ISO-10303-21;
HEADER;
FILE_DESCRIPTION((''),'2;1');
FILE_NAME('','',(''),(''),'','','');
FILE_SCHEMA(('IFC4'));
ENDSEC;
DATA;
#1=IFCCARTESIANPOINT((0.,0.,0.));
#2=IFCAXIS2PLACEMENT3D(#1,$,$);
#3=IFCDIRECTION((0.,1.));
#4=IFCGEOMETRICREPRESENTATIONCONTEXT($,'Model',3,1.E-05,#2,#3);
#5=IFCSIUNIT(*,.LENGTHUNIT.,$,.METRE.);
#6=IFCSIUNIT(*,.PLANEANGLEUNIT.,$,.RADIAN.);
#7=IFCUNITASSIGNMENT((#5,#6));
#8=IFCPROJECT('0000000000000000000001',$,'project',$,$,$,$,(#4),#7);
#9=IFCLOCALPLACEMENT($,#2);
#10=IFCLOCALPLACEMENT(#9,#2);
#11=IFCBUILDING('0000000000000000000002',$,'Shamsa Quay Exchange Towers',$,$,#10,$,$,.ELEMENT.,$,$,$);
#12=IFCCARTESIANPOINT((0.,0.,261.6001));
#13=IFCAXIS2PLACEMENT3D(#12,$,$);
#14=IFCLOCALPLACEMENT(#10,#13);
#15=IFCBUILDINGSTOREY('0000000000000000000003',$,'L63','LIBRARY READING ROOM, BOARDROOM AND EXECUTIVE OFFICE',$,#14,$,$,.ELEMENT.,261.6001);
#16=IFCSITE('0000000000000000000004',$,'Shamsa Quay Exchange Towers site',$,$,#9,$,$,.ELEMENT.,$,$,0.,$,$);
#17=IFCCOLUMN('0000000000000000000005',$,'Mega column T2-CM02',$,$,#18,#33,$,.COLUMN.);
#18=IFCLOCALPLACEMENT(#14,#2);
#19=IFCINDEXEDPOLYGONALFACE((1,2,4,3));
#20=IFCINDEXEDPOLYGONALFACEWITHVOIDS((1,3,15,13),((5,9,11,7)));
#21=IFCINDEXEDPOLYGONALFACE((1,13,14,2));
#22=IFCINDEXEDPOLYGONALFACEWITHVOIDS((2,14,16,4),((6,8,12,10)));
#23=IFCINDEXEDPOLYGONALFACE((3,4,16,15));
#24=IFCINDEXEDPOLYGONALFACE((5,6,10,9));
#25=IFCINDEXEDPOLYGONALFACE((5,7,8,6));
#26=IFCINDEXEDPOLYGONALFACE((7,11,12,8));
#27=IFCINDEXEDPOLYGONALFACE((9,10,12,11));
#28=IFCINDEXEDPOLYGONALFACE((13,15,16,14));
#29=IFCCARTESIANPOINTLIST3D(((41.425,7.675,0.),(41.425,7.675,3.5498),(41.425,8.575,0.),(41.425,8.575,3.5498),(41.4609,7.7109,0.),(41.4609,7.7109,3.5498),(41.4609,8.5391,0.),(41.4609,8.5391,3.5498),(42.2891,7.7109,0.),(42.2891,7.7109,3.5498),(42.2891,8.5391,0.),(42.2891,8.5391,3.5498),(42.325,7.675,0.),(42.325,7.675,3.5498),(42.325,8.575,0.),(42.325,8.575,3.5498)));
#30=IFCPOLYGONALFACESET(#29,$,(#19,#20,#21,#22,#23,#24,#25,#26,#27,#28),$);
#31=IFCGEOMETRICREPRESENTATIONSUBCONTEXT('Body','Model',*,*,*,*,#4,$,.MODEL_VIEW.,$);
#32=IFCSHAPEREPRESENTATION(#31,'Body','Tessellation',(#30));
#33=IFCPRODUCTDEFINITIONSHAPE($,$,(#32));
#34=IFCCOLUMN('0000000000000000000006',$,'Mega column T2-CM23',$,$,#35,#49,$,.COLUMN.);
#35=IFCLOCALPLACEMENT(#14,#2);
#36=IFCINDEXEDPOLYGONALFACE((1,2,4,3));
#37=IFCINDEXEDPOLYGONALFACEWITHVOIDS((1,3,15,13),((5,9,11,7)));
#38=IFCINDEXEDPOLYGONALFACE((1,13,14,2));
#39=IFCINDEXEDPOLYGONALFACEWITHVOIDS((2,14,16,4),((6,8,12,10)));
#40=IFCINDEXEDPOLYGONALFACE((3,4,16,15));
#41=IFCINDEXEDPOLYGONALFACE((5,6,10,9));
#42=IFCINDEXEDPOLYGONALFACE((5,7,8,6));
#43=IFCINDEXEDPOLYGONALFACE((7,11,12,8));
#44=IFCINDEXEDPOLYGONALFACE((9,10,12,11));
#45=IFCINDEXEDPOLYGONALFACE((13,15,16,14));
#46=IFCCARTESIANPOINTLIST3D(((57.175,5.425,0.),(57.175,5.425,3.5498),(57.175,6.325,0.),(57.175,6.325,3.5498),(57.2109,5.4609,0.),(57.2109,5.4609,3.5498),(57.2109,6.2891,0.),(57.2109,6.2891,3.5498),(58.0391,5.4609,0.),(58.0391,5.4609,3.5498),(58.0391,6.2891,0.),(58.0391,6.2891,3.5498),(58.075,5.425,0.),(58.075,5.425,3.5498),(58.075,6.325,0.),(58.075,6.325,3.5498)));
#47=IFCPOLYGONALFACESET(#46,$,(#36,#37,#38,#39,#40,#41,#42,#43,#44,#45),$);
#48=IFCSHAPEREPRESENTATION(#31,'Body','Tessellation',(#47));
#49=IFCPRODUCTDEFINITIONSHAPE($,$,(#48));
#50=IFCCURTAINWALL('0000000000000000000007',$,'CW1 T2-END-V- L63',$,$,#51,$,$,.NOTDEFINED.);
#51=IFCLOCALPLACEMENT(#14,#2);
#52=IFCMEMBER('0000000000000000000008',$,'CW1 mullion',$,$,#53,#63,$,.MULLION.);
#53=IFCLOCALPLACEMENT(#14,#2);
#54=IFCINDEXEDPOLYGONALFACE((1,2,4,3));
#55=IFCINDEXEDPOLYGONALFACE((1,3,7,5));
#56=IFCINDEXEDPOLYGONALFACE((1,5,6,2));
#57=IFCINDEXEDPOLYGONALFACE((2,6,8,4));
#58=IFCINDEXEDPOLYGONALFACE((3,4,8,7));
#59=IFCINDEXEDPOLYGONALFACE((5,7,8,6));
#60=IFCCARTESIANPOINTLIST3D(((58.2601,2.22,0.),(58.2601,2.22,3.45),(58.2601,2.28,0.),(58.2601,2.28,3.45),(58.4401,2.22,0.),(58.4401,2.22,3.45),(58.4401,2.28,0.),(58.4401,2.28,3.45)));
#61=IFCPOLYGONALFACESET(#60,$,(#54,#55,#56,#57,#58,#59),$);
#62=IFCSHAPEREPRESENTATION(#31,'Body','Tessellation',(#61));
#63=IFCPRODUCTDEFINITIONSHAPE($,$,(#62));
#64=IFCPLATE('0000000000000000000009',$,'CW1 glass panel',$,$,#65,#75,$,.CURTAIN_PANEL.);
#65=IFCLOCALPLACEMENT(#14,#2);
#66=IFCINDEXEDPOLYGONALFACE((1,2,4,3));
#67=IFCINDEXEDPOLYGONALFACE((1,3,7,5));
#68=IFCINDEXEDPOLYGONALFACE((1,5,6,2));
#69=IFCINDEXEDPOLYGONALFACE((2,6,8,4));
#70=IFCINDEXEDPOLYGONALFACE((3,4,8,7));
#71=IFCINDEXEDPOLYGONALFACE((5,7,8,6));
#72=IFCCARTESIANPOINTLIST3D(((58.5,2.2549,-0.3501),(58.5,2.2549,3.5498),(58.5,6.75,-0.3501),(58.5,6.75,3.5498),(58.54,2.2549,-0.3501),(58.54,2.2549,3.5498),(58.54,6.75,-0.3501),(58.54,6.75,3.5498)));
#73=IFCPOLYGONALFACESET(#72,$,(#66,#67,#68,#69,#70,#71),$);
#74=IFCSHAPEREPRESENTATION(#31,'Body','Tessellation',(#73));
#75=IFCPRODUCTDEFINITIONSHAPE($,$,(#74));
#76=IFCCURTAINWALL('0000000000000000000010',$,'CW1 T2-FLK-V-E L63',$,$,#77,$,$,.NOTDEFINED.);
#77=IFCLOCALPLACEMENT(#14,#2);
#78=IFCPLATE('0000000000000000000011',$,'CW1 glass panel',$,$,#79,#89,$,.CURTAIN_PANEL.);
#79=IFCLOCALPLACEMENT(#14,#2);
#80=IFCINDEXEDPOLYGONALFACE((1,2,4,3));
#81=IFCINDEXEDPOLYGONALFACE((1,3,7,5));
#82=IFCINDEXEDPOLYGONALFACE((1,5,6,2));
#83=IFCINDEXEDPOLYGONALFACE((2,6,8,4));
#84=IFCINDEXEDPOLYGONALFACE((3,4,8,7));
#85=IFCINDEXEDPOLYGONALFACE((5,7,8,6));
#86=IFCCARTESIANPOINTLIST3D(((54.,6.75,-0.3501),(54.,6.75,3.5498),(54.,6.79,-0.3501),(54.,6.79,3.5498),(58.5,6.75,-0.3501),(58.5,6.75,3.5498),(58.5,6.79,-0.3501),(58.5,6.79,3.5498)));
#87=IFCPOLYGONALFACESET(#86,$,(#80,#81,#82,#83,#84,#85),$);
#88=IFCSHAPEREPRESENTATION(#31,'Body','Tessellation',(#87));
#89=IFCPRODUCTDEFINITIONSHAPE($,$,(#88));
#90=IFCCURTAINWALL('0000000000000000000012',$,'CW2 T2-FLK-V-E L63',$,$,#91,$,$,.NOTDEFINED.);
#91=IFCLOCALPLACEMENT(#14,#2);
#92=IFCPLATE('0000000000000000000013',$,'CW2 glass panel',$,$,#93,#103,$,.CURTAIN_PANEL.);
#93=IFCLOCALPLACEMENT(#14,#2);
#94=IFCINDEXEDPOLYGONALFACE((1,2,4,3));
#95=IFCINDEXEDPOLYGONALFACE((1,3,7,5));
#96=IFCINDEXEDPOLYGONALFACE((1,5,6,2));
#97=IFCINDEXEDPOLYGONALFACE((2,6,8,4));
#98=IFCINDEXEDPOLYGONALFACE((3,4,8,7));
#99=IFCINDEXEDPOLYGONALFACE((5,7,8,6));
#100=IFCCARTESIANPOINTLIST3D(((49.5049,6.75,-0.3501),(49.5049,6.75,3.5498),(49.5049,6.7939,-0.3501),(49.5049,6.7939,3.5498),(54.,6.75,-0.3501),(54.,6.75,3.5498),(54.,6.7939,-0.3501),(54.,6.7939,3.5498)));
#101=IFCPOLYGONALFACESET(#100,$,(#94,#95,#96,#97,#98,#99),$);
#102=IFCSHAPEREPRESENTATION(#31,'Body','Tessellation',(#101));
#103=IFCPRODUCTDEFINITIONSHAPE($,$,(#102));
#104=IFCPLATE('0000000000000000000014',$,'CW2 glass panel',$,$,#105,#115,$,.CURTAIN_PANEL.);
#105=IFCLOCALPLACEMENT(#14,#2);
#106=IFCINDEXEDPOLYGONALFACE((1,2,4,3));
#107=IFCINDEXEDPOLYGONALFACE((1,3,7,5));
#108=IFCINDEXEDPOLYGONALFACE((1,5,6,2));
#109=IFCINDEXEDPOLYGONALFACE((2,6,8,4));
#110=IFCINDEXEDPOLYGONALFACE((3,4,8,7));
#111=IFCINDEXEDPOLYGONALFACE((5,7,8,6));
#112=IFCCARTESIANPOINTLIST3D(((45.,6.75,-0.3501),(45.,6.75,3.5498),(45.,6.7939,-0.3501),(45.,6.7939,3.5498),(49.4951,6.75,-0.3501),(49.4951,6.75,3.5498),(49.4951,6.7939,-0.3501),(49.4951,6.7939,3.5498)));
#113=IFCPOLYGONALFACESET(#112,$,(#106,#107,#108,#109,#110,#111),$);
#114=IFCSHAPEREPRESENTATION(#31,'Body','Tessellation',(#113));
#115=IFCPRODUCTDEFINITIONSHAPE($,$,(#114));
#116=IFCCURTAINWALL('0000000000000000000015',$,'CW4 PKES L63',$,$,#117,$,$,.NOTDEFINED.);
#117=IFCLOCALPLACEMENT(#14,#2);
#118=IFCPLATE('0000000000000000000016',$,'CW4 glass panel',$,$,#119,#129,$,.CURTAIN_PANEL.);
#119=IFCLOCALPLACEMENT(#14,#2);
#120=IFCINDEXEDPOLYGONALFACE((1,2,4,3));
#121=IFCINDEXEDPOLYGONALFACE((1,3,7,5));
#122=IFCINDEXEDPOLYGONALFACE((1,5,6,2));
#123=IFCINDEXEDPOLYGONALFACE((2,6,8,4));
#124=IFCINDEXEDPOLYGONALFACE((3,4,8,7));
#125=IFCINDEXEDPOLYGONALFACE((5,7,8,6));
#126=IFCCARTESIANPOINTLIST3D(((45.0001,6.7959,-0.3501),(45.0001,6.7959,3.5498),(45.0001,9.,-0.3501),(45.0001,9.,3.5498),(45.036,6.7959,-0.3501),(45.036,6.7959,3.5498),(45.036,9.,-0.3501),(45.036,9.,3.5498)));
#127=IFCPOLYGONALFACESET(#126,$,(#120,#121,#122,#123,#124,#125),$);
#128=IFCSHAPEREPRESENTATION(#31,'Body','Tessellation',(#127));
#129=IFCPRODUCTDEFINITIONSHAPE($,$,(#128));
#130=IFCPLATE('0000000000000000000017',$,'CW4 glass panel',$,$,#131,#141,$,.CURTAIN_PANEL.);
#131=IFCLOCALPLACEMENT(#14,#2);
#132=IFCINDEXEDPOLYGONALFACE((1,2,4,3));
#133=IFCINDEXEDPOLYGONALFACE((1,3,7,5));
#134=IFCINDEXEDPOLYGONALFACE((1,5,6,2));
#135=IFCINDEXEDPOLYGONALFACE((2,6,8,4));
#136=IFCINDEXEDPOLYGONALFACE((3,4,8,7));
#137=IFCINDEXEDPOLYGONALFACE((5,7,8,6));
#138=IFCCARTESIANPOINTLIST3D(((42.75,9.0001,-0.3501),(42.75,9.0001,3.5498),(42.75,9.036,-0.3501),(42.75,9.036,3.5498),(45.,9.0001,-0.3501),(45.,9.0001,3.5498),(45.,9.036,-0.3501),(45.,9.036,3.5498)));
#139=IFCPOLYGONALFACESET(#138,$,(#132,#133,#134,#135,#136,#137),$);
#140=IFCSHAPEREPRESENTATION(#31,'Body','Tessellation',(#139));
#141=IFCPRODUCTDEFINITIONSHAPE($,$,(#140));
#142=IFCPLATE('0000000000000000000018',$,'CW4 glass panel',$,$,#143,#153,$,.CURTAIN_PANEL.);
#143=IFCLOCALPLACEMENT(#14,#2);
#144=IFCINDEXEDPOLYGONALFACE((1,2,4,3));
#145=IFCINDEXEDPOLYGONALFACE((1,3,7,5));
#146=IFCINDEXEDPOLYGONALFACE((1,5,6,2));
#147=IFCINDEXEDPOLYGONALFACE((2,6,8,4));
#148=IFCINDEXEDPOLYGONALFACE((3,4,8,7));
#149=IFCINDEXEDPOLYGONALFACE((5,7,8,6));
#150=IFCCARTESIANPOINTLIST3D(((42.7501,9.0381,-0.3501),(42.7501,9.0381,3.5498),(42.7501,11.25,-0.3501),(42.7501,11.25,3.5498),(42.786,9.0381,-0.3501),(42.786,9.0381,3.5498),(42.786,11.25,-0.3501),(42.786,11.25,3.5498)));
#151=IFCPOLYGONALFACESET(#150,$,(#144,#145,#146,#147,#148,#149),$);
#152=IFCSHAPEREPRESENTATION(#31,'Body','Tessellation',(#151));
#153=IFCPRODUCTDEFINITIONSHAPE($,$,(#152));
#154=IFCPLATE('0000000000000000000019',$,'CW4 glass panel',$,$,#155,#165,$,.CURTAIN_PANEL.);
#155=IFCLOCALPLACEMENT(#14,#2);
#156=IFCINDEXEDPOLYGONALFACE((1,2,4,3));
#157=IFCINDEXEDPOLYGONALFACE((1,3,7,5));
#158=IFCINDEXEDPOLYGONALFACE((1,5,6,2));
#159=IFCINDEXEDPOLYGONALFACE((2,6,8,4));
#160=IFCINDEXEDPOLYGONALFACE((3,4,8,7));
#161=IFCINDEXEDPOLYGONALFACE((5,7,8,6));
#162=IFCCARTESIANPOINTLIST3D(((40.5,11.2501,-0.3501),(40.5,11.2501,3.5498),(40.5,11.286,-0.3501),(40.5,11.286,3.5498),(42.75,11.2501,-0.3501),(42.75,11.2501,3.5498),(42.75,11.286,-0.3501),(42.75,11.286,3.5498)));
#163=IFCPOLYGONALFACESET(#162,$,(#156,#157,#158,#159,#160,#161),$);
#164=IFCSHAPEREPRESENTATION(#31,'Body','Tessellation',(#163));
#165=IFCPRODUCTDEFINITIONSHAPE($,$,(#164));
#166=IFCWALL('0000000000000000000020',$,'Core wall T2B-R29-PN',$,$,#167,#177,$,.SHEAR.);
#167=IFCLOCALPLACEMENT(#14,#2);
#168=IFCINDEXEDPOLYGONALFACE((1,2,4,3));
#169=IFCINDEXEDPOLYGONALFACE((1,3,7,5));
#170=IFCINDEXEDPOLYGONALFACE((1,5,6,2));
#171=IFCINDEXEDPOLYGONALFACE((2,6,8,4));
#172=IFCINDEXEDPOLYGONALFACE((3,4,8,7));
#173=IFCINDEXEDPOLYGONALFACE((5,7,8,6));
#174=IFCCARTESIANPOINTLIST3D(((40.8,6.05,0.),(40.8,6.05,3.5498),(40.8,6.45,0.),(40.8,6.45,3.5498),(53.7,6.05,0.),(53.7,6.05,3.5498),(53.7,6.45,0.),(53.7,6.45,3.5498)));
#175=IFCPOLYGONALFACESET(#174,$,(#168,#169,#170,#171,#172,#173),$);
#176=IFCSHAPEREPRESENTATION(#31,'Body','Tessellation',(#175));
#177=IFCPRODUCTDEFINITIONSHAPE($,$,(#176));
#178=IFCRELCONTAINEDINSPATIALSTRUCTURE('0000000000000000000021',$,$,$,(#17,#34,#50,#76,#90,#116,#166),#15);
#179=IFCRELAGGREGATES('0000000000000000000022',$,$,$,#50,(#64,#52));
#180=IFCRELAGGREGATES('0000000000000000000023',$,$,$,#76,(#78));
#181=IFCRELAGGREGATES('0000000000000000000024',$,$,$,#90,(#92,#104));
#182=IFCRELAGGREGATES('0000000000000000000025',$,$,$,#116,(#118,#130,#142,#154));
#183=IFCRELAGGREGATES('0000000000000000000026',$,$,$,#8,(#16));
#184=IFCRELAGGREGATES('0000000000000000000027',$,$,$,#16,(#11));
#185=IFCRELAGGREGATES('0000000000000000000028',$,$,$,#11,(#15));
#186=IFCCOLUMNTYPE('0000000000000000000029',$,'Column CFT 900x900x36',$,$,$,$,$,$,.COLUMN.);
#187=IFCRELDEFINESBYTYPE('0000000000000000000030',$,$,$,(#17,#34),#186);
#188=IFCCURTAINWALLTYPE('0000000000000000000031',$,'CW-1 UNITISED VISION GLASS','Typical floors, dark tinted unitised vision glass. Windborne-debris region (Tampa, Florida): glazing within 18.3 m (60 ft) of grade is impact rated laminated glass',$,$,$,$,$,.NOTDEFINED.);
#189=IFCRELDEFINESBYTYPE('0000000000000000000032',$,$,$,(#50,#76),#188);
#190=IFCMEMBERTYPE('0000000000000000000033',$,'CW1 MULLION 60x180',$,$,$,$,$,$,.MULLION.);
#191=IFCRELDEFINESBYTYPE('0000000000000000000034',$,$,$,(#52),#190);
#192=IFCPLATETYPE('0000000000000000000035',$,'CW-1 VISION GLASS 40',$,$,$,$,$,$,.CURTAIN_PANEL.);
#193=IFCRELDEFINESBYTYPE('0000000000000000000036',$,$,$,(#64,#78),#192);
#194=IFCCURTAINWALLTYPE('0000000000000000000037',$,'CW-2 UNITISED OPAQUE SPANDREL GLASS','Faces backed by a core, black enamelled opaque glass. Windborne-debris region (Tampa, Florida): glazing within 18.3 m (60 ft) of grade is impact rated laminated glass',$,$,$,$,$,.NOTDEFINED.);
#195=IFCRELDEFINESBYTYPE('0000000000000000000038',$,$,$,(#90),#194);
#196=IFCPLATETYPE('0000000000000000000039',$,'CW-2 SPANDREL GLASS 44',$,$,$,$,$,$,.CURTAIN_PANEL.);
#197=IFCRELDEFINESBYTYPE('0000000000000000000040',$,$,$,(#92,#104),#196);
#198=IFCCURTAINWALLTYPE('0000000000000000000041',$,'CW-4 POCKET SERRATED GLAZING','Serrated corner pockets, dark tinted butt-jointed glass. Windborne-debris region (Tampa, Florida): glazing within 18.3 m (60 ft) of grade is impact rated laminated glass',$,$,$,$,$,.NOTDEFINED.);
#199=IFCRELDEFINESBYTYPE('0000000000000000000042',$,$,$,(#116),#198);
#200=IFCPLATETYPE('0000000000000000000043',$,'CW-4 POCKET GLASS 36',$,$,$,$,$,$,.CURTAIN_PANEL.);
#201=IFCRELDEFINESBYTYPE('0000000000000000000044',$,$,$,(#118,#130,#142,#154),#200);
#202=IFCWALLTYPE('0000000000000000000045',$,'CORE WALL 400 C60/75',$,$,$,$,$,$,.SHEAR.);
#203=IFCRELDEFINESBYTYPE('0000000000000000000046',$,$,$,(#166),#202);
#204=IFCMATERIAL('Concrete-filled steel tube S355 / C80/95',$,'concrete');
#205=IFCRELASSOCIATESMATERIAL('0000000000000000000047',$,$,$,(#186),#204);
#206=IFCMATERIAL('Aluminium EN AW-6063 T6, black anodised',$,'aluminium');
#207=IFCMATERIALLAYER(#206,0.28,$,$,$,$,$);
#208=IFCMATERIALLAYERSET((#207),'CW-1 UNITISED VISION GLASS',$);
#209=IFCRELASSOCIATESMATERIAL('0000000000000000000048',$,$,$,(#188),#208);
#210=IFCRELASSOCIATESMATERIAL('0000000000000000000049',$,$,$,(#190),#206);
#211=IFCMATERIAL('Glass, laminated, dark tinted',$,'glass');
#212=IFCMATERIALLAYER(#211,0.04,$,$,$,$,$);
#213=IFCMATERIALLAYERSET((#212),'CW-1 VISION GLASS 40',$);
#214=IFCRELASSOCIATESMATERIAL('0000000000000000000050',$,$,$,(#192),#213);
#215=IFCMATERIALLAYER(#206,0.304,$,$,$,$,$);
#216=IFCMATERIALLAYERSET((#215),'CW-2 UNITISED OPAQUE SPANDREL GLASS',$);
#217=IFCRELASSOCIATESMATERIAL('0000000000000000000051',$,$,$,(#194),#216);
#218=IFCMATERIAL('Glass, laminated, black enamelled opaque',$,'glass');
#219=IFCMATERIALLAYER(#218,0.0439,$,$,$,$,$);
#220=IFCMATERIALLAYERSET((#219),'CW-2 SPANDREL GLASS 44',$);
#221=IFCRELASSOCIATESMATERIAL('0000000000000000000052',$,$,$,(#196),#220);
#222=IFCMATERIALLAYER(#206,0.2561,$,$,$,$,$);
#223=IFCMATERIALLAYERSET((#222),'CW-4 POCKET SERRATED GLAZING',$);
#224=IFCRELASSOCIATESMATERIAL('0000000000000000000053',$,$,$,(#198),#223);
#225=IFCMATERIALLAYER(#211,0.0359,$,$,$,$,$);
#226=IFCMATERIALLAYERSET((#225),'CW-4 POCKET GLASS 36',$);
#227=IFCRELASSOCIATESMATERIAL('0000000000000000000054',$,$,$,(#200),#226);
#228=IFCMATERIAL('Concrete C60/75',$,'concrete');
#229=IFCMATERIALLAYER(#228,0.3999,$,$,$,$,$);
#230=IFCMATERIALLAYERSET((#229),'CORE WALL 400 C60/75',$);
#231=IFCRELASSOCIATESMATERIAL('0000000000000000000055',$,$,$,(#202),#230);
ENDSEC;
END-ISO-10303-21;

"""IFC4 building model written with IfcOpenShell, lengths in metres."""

from ifc_helpers import new_model, si_unit, direction, frame, frame_2d, origin, origin_2d, place, context, subcontext, project, spatial, rectangle, hollow_rectangle, extrude, material, layer, layer_set, material_profile, profile_set, type_object, element, aggregate, save


model = new_model("IFC4")

# Units and contexts
model_context = context("Model", 3, precision=1e-05, world=origin(), true_north=direction((0.0, 1.0)))
body_context = subcontext(model_context, "Body", "Model", "MODEL_VIEW")
ifc_project = project(units=[si_unit("LENGTHUNIT", "METRE"), si_unit("PLANEANGLEUNIT", "RADIAN")], contexts=[model_context])

# Site, building, storey
site_placement = place(None, origin())
site = spatial("IfcSite", under=ifc_project, at=site_placement, Name="Shamsa Quay Exchange Towers site", CompositionType="ELEMENT", RefElevation=0.0)
building_placement = place(site_placement, origin())
building = spatial("IfcBuilding", under=site, at=building_placement, Name="Shamsa Quay Exchange Towers", CompositionType="ELEMENT")
storey_placement = place(building_placement, frame((0.0, 0.0, 261.6001)))
storey = spatial("IfcBuildingStorey", under=building, at=storey_placement, Name="L63", Description="LIBRARY READING ROOM, BOARDROOM AND EXECUTIVE OFFICE", CompositionType="ELEMENT", Elevation=261.6001)

# Columns
ifc_material_1 = material(Name="Concrete-filled steel tube S355 / C80/95", Category="concrete")
ifc_material_profile_1 = material_profile(ifc_material_1, hollow_rectangle(XDim=0.8999, YDim=0.8999, WallThickness=0.0359, at=origin_2d()), Name="CFT 900x900x36")
ifc_profile_set_1 = profile_set([ifc_material_profile_1], Name="Concrete-filled steel tube S355 / C80/95")
column_type = type_object("IfcColumnType", Name="Column CFT 900x900x36", PredefinedType="COLUMN", material=ifc_profile_set_1)
for number, where, name in (
    (1, (41.875, 8.125, 0.0), "Mega column T2-CM02"),
    (2, (57.625, 5.875, 0.0), "Mega column T2-CM23"),
):
    element("IfcColumn", number, at=place(storey_placement, frame(where)), inside=storey, type_object=column_type, Name=name, PredefinedType="COLUMN", context=body_context, shape_type="SweptSolid", body=[
        extrude(hollow_rectangle(XDim=0.8999, YDim=0.8999, WallThickness=0.0359, at=origin_2d()), origin(), (0.0, 0.0, 1.0), 3.5498),
    ])

# Curtain wall, member, plate
ifc_material_2 = material(Name="Aluminium EN AW-6063 T6, black anodised", Category="aluminium")
ifc_layer_1 = layer(ifc_material_2, 0.28)
ifc_layer_set_1 = layer_set([ifc_layer_1], Name="CW-1 UNITISED VISION GLASS")
curtain_wall_type_1 = type_object("IfcCurtainWallType", Name="CW-1 UNITISED VISION GLASS", Description="Typical floors, dark tinted unitised vision glass. Windborne-debris region (Tampa, Florida): glazing within 18.3 m (60 ft) of grade is impact rated laminated glass", PredefinedType="NOTDEFINED", material=ifc_layer_set_1)
curtain_wall_1_placement = place(storey_placement, origin())
curtain_wall_1 = element("IfcCurtainWall", 3, at=curtain_wall_1_placement, inside=storey, type_object=curtain_wall_type_1, Name="CW1 T2-END-V- L63", PredefinedType="NOTDEFINED")
ifc_material_profile_2 = material_profile(ifc_material_2, rectangle(XDim=0.1799, YDim=0.0601, at=origin_2d()), Name="MU60x180")
ifc_profile_set_2 = profile_set([ifc_material_profile_2], Name="Aluminium EN AW-6063 T6, black anodised")
member_type = type_object("IfcMemberType", Name="CW1 MULLION 60x180", PredefinedType="MULLION", material=ifc_profile_set_2)
member_placement = place(storey_placement, frame((58.3501, 2.25, 0.0), z_axis=(0.0, 0.0, 1.0), x_axis=(-1.0, 0.0, 0.0)))
member = element("IfcMember", 4, at=member_placement, type_object=member_type, Name="CW1 mullion", PredefinedType="MULLION", context=body_context, shape_type="SweptSolid", body=[
    extrude(rectangle(XDim=0.1799, YDim=0.0601, at=origin_2d()), origin(), (0.0, 0.0, 1.0), 3.45),
])
ifc_material_3 = material(Name="Glass, laminated, dark tinted", Category="glass")
ifc_layer_2 = layer(ifc_material_3, 0.04)
ifc_layer_set_2 = layer_set([ifc_layer_2], Name="CW-1 VISION GLASS 40")
plate_type_1 = type_object("IfcPlateType", Name="CW-1 VISION GLASS 40", PredefinedType="CURTAIN_PANEL", material=ifc_layer_set_2)
plate_1_placement = place(storey_placement, frame((58.52, 4.5024, -0.3501), z_axis=(0.0, 0.0, 1.0), x_axis=(0.0, 1.0, 0.0)))
plate_1 = element("IfcPlate", 5, at=plate_1_placement, type_object=plate_type_1, Name="CW1 glass panel", PredefinedType="CURTAIN_PANEL", context=body_context, shape_type="SweptSolid", body=[
    extrude(rectangle(XDim=4.4951, YDim=0.04, at=origin_2d()), origin(), (0.0, 0.0, 1.0), 3.8999),
])
aggregate(curtain_wall_1, [plate_1, member])

# Curtain wall, plate
curtain_wall_2_placement = place(storey_placement, origin())
curtain_wall_2 = element("IfcCurtainWall", 6, at=curtain_wall_2_placement, inside=storey, type_object=curtain_wall_type_1, Name="CW1 T2-FLK-V-E L63", PredefinedType="NOTDEFINED")
plate_2_placement = place(storey_placement, frame((56.25, 6.77, -0.3501), z_axis=(0.0, 0.0, 1.0), x_axis=(-1.0, 0.0, 0.0)))
plate_2 = element("IfcPlate", 7, at=plate_2_placement, type_object=plate_type_1, Name="CW1 glass panel", PredefinedType="CURTAIN_PANEL", context=body_context, shape_type="SweptSolid", body=[
    extrude(rectangle(XDim=4.5, YDim=0.04, at=origin_2d()), origin(), (0.0, 0.0, 1.0), 3.8999),
])
aggregate(curtain_wall_2, [plate_2])

# Curtain walls, plates
ifc_layer_3 = layer(ifc_material_2, 0.304)
ifc_layer_set_3 = layer_set([ifc_layer_3], Name="CW-2 UNITISED OPAQUE SPANDREL GLASS")
curtain_wall_type_2 = type_object("IfcCurtainWallType", Name="CW-2 UNITISED OPAQUE SPANDREL GLASS", Description="Faces backed by a core, black enamelled opaque glass. Windborne-debris region (Tampa, Florida): glazing within 18.3 m (60 ft) of grade is impact rated laminated glass", PredefinedType="NOTDEFINED", material=ifc_layer_set_3)
curtain_wall_3_placement = place(storey_placement, origin())
curtain_wall_3 = element("IfcCurtainWall", 8, at=curtain_wall_3_placement, inside=storey, type_object=curtain_wall_type_2, Name="CW2 T2-FLK-V-E L63", PredefinedType="NOTDEFINED")
ifc_material_4 = material(Name="Glass, laminated, black enamelled opaque", Category="glass")
ifc_layer_4 = layer(ifc_material_4, 0.0439)
ifc_layer_set_4 = layer_set([ifc_layer_4], Name="CW-2 SPANDREL GLASS 44")
plate_type_2 = type_object("IfcPlateType", Name="CW-2 SPANDREL GLASS 44", PredefinedType="CURTAIN_PANEL", material=ifc_layer_set_4)
plate_3_placement = place(storey_placement, frame((51.7524, 6.772, -0.3501), z_axis=(0.0, 0.0, 1.0), x_axis=(-1.0, 0.0, 0.0)))
plate_3 = element("IfcPlate", 9, at=plate_3_placement, type_object=plate_type_2, Name="CW2 glass panel", PredefinedType="CURTAIN_PANEL", context=body_context, shape_type="SweptSolid", body=[
    extrude(rectangle(XDim=4.4951, YDim=0.0439, at=origin_2d()), origin(), (0.0, 0.0, 1.0), 3.8999),
])
plate_4_placement = place(storey_placement, frame((47.2476, 6.772, -0.3501), z_axis=(0.0, 0.0, 1.0), x_axis=(-1.0, 0.0, 0.0)))
plate_4 = element("IfcPlate", 10, at=plate_4_placement, type_object=plate_type_2, Name="CW2 glass panel", PredefinedType="CURTAIN_PANEL", context=body_context, shape_type="SweptSolid", body=[
    extrude(rectangle(XDim=4.4951, YDim=0.0439, at=origin_2d()), origin(), (0.0, 0.0, 1.0), 3.8999),
])
aggregate(curtain_wall_3, [plate_3, plate_4])
ifc_layer_5 = layer(ifc_material_2, 0.2561)
ifc_layer_set_5 = layer_set([ifc_layer_5], Name="CW-4 POCKET SERRATED GLAZING")
curtain_wall_type_3 = type_object("IfcCurtainWallType", Name="CW-4 POCKET SERRATED GLAZING", Description="Serrated corner pockets, dark tinted butt-jointed glass. Windborne-debris region (Tampa, Florida): glazing within 18.3 m (60 ft) of grade is impact rated laminated glass", PredefinedType="NOTDEFINED", material=ifc_layer_set_5)
curtain_wall_4_placement = place(storey_placement, origin())
curtain_wall_4 = element("IfcCurtainWall", 11, at=curtain_wall_4_placement, inside=storey, type_object=curtain_wall_type_3, Name="CW4 PKES L63", PredefinedType="NOTDEFINED")
ifc_layer_6 = layer(ifc_material_3, 0.0359)
ifc_layer_set_6 = layer_set([ifc_layer_6], Name="CW-4 POCKET GLASS 36")
plate_type_3 = type_object("IfcPlateType", Name="CW-4 POCKET GLASS 36", PredefinedType="CURTAIN_PANEL", material=ifc_layer_set_6)
plate_5_placement = place(storey_placement, frame((45.0181, 7.8979, -0.3501), z_axis=(0.0, 0.0, 1.0), x_axis=(0.0, 1.0, 0.0)))
plate_5 = element("IfcPlate", 12, at=plate_5_placement, type_object=plate_type_3, Name="CW4 glass panel", PredefinedType="CURTAIN_PANEL", context=body_context, shape_type="SweptSolid", body=[
    extrude(rectangle(XDim=2.2041, YDim=0.0359, at=origin_2d()), origin(), (0.0, 0.0, 1.0), 3.8999),
])
plate_6_placement = place(storey_placement, frame((43.875, 9.0181, -0.3501), z_axis=(0.0, 0.0, 1.0), x_axis=(-1.0, 0.0, 0.0)))
plate_6 = element("IfcPlate", 13, at=plate_6_placement, type_object=plate_type_3, Name="CW4 glass panel", PredefinedType="CURTAIN_PANEL", context=body_context, shape_type="SweptSolid", body=[
    extrude(rectangle(XDim=2.25, YDim=0.0359, at=origin_2d()), origin(), (0.0, 0.0, 1.0), 3.8999),
])
plate_7_placement = place(storey_placement, frame((42.7681, 10.144, -0.3501), z_axis=(0.0, 0.0, 1.0), x_axis=(0.0, 1.0, 0.0)))
plate_7 = element("IfcPlate", 14, at=plate_7_placement, type_object=plate_type_3, Name="CW4 glass panel", PredefinedType="CURTAIN_PANEL", context=body_context, shape_type="SweptSolid", body=[
    extrude(rectangle(XDim=2.2119, YDim=0.0359, at=origin_2d()), origin(), (0.0, 0.0, 1.0), 3.8999),
])
plate_8_placement = place(storey_placement, frame((41.625, 11.2681, -0.3501), z_axis=(0.0, 0.0, 1.0), x_axis=(-1.0, 0.0, 0.0)))
plate_8 = element("IfcPlate", 15, at=plate_8_placement, type_object=plate_type_3, Name="CW4 glass panel", PredefinedType="CURTAIN_PANEL", context=body_context, shape_type="SweptSolid", body=[
    extrude(rectangle(XDim=2.25, YDim=0.0359, at=origin_2d()), origin(), (0.0, 0.0, 1.0), 3.8999),
])
aggregate(curtain_wall_4, [plate_5, plate_6, plate_7, plate_8])

# Wall
ifc_material_5 = material(Name="Concrete C60/75", Category="concrete")
ifc_layer_7 = layer(ifc_material_5, 0.3999)
ifc_layer_set_7 = layer_set([ifc_layer_7], Name="CORE WALL 400 C60/75")
wall_type_1 = type_object("IfcWallType", Name="CORE WALL 400 C60/75", PredefinedType="SHEAR", material=ifc_layer_set_7)
wall_1_placement = place(storey_placement, frame((53.7, 6.25, 0.0), z_axis=(0.0, 0.0, 1.0), x_axis=(-1.0, 0.0, 0.0)))
element("IfcWall", 16, at=wall_1_placement, inside=storey, type_object=wall_type_1, Name="Core wall T2B-R29-PN", PredefinedType="SHEAR", context=body_context, shape_type="SweptSolid", body=[
    extrude(rectangle(XDim=12.8999, YDim=0.3999, at=frame_2d((6.45, 0.0))), origin(), (0.0, 0.0, 1.0), 3.5498),
])

save(model, "model.ifc")
